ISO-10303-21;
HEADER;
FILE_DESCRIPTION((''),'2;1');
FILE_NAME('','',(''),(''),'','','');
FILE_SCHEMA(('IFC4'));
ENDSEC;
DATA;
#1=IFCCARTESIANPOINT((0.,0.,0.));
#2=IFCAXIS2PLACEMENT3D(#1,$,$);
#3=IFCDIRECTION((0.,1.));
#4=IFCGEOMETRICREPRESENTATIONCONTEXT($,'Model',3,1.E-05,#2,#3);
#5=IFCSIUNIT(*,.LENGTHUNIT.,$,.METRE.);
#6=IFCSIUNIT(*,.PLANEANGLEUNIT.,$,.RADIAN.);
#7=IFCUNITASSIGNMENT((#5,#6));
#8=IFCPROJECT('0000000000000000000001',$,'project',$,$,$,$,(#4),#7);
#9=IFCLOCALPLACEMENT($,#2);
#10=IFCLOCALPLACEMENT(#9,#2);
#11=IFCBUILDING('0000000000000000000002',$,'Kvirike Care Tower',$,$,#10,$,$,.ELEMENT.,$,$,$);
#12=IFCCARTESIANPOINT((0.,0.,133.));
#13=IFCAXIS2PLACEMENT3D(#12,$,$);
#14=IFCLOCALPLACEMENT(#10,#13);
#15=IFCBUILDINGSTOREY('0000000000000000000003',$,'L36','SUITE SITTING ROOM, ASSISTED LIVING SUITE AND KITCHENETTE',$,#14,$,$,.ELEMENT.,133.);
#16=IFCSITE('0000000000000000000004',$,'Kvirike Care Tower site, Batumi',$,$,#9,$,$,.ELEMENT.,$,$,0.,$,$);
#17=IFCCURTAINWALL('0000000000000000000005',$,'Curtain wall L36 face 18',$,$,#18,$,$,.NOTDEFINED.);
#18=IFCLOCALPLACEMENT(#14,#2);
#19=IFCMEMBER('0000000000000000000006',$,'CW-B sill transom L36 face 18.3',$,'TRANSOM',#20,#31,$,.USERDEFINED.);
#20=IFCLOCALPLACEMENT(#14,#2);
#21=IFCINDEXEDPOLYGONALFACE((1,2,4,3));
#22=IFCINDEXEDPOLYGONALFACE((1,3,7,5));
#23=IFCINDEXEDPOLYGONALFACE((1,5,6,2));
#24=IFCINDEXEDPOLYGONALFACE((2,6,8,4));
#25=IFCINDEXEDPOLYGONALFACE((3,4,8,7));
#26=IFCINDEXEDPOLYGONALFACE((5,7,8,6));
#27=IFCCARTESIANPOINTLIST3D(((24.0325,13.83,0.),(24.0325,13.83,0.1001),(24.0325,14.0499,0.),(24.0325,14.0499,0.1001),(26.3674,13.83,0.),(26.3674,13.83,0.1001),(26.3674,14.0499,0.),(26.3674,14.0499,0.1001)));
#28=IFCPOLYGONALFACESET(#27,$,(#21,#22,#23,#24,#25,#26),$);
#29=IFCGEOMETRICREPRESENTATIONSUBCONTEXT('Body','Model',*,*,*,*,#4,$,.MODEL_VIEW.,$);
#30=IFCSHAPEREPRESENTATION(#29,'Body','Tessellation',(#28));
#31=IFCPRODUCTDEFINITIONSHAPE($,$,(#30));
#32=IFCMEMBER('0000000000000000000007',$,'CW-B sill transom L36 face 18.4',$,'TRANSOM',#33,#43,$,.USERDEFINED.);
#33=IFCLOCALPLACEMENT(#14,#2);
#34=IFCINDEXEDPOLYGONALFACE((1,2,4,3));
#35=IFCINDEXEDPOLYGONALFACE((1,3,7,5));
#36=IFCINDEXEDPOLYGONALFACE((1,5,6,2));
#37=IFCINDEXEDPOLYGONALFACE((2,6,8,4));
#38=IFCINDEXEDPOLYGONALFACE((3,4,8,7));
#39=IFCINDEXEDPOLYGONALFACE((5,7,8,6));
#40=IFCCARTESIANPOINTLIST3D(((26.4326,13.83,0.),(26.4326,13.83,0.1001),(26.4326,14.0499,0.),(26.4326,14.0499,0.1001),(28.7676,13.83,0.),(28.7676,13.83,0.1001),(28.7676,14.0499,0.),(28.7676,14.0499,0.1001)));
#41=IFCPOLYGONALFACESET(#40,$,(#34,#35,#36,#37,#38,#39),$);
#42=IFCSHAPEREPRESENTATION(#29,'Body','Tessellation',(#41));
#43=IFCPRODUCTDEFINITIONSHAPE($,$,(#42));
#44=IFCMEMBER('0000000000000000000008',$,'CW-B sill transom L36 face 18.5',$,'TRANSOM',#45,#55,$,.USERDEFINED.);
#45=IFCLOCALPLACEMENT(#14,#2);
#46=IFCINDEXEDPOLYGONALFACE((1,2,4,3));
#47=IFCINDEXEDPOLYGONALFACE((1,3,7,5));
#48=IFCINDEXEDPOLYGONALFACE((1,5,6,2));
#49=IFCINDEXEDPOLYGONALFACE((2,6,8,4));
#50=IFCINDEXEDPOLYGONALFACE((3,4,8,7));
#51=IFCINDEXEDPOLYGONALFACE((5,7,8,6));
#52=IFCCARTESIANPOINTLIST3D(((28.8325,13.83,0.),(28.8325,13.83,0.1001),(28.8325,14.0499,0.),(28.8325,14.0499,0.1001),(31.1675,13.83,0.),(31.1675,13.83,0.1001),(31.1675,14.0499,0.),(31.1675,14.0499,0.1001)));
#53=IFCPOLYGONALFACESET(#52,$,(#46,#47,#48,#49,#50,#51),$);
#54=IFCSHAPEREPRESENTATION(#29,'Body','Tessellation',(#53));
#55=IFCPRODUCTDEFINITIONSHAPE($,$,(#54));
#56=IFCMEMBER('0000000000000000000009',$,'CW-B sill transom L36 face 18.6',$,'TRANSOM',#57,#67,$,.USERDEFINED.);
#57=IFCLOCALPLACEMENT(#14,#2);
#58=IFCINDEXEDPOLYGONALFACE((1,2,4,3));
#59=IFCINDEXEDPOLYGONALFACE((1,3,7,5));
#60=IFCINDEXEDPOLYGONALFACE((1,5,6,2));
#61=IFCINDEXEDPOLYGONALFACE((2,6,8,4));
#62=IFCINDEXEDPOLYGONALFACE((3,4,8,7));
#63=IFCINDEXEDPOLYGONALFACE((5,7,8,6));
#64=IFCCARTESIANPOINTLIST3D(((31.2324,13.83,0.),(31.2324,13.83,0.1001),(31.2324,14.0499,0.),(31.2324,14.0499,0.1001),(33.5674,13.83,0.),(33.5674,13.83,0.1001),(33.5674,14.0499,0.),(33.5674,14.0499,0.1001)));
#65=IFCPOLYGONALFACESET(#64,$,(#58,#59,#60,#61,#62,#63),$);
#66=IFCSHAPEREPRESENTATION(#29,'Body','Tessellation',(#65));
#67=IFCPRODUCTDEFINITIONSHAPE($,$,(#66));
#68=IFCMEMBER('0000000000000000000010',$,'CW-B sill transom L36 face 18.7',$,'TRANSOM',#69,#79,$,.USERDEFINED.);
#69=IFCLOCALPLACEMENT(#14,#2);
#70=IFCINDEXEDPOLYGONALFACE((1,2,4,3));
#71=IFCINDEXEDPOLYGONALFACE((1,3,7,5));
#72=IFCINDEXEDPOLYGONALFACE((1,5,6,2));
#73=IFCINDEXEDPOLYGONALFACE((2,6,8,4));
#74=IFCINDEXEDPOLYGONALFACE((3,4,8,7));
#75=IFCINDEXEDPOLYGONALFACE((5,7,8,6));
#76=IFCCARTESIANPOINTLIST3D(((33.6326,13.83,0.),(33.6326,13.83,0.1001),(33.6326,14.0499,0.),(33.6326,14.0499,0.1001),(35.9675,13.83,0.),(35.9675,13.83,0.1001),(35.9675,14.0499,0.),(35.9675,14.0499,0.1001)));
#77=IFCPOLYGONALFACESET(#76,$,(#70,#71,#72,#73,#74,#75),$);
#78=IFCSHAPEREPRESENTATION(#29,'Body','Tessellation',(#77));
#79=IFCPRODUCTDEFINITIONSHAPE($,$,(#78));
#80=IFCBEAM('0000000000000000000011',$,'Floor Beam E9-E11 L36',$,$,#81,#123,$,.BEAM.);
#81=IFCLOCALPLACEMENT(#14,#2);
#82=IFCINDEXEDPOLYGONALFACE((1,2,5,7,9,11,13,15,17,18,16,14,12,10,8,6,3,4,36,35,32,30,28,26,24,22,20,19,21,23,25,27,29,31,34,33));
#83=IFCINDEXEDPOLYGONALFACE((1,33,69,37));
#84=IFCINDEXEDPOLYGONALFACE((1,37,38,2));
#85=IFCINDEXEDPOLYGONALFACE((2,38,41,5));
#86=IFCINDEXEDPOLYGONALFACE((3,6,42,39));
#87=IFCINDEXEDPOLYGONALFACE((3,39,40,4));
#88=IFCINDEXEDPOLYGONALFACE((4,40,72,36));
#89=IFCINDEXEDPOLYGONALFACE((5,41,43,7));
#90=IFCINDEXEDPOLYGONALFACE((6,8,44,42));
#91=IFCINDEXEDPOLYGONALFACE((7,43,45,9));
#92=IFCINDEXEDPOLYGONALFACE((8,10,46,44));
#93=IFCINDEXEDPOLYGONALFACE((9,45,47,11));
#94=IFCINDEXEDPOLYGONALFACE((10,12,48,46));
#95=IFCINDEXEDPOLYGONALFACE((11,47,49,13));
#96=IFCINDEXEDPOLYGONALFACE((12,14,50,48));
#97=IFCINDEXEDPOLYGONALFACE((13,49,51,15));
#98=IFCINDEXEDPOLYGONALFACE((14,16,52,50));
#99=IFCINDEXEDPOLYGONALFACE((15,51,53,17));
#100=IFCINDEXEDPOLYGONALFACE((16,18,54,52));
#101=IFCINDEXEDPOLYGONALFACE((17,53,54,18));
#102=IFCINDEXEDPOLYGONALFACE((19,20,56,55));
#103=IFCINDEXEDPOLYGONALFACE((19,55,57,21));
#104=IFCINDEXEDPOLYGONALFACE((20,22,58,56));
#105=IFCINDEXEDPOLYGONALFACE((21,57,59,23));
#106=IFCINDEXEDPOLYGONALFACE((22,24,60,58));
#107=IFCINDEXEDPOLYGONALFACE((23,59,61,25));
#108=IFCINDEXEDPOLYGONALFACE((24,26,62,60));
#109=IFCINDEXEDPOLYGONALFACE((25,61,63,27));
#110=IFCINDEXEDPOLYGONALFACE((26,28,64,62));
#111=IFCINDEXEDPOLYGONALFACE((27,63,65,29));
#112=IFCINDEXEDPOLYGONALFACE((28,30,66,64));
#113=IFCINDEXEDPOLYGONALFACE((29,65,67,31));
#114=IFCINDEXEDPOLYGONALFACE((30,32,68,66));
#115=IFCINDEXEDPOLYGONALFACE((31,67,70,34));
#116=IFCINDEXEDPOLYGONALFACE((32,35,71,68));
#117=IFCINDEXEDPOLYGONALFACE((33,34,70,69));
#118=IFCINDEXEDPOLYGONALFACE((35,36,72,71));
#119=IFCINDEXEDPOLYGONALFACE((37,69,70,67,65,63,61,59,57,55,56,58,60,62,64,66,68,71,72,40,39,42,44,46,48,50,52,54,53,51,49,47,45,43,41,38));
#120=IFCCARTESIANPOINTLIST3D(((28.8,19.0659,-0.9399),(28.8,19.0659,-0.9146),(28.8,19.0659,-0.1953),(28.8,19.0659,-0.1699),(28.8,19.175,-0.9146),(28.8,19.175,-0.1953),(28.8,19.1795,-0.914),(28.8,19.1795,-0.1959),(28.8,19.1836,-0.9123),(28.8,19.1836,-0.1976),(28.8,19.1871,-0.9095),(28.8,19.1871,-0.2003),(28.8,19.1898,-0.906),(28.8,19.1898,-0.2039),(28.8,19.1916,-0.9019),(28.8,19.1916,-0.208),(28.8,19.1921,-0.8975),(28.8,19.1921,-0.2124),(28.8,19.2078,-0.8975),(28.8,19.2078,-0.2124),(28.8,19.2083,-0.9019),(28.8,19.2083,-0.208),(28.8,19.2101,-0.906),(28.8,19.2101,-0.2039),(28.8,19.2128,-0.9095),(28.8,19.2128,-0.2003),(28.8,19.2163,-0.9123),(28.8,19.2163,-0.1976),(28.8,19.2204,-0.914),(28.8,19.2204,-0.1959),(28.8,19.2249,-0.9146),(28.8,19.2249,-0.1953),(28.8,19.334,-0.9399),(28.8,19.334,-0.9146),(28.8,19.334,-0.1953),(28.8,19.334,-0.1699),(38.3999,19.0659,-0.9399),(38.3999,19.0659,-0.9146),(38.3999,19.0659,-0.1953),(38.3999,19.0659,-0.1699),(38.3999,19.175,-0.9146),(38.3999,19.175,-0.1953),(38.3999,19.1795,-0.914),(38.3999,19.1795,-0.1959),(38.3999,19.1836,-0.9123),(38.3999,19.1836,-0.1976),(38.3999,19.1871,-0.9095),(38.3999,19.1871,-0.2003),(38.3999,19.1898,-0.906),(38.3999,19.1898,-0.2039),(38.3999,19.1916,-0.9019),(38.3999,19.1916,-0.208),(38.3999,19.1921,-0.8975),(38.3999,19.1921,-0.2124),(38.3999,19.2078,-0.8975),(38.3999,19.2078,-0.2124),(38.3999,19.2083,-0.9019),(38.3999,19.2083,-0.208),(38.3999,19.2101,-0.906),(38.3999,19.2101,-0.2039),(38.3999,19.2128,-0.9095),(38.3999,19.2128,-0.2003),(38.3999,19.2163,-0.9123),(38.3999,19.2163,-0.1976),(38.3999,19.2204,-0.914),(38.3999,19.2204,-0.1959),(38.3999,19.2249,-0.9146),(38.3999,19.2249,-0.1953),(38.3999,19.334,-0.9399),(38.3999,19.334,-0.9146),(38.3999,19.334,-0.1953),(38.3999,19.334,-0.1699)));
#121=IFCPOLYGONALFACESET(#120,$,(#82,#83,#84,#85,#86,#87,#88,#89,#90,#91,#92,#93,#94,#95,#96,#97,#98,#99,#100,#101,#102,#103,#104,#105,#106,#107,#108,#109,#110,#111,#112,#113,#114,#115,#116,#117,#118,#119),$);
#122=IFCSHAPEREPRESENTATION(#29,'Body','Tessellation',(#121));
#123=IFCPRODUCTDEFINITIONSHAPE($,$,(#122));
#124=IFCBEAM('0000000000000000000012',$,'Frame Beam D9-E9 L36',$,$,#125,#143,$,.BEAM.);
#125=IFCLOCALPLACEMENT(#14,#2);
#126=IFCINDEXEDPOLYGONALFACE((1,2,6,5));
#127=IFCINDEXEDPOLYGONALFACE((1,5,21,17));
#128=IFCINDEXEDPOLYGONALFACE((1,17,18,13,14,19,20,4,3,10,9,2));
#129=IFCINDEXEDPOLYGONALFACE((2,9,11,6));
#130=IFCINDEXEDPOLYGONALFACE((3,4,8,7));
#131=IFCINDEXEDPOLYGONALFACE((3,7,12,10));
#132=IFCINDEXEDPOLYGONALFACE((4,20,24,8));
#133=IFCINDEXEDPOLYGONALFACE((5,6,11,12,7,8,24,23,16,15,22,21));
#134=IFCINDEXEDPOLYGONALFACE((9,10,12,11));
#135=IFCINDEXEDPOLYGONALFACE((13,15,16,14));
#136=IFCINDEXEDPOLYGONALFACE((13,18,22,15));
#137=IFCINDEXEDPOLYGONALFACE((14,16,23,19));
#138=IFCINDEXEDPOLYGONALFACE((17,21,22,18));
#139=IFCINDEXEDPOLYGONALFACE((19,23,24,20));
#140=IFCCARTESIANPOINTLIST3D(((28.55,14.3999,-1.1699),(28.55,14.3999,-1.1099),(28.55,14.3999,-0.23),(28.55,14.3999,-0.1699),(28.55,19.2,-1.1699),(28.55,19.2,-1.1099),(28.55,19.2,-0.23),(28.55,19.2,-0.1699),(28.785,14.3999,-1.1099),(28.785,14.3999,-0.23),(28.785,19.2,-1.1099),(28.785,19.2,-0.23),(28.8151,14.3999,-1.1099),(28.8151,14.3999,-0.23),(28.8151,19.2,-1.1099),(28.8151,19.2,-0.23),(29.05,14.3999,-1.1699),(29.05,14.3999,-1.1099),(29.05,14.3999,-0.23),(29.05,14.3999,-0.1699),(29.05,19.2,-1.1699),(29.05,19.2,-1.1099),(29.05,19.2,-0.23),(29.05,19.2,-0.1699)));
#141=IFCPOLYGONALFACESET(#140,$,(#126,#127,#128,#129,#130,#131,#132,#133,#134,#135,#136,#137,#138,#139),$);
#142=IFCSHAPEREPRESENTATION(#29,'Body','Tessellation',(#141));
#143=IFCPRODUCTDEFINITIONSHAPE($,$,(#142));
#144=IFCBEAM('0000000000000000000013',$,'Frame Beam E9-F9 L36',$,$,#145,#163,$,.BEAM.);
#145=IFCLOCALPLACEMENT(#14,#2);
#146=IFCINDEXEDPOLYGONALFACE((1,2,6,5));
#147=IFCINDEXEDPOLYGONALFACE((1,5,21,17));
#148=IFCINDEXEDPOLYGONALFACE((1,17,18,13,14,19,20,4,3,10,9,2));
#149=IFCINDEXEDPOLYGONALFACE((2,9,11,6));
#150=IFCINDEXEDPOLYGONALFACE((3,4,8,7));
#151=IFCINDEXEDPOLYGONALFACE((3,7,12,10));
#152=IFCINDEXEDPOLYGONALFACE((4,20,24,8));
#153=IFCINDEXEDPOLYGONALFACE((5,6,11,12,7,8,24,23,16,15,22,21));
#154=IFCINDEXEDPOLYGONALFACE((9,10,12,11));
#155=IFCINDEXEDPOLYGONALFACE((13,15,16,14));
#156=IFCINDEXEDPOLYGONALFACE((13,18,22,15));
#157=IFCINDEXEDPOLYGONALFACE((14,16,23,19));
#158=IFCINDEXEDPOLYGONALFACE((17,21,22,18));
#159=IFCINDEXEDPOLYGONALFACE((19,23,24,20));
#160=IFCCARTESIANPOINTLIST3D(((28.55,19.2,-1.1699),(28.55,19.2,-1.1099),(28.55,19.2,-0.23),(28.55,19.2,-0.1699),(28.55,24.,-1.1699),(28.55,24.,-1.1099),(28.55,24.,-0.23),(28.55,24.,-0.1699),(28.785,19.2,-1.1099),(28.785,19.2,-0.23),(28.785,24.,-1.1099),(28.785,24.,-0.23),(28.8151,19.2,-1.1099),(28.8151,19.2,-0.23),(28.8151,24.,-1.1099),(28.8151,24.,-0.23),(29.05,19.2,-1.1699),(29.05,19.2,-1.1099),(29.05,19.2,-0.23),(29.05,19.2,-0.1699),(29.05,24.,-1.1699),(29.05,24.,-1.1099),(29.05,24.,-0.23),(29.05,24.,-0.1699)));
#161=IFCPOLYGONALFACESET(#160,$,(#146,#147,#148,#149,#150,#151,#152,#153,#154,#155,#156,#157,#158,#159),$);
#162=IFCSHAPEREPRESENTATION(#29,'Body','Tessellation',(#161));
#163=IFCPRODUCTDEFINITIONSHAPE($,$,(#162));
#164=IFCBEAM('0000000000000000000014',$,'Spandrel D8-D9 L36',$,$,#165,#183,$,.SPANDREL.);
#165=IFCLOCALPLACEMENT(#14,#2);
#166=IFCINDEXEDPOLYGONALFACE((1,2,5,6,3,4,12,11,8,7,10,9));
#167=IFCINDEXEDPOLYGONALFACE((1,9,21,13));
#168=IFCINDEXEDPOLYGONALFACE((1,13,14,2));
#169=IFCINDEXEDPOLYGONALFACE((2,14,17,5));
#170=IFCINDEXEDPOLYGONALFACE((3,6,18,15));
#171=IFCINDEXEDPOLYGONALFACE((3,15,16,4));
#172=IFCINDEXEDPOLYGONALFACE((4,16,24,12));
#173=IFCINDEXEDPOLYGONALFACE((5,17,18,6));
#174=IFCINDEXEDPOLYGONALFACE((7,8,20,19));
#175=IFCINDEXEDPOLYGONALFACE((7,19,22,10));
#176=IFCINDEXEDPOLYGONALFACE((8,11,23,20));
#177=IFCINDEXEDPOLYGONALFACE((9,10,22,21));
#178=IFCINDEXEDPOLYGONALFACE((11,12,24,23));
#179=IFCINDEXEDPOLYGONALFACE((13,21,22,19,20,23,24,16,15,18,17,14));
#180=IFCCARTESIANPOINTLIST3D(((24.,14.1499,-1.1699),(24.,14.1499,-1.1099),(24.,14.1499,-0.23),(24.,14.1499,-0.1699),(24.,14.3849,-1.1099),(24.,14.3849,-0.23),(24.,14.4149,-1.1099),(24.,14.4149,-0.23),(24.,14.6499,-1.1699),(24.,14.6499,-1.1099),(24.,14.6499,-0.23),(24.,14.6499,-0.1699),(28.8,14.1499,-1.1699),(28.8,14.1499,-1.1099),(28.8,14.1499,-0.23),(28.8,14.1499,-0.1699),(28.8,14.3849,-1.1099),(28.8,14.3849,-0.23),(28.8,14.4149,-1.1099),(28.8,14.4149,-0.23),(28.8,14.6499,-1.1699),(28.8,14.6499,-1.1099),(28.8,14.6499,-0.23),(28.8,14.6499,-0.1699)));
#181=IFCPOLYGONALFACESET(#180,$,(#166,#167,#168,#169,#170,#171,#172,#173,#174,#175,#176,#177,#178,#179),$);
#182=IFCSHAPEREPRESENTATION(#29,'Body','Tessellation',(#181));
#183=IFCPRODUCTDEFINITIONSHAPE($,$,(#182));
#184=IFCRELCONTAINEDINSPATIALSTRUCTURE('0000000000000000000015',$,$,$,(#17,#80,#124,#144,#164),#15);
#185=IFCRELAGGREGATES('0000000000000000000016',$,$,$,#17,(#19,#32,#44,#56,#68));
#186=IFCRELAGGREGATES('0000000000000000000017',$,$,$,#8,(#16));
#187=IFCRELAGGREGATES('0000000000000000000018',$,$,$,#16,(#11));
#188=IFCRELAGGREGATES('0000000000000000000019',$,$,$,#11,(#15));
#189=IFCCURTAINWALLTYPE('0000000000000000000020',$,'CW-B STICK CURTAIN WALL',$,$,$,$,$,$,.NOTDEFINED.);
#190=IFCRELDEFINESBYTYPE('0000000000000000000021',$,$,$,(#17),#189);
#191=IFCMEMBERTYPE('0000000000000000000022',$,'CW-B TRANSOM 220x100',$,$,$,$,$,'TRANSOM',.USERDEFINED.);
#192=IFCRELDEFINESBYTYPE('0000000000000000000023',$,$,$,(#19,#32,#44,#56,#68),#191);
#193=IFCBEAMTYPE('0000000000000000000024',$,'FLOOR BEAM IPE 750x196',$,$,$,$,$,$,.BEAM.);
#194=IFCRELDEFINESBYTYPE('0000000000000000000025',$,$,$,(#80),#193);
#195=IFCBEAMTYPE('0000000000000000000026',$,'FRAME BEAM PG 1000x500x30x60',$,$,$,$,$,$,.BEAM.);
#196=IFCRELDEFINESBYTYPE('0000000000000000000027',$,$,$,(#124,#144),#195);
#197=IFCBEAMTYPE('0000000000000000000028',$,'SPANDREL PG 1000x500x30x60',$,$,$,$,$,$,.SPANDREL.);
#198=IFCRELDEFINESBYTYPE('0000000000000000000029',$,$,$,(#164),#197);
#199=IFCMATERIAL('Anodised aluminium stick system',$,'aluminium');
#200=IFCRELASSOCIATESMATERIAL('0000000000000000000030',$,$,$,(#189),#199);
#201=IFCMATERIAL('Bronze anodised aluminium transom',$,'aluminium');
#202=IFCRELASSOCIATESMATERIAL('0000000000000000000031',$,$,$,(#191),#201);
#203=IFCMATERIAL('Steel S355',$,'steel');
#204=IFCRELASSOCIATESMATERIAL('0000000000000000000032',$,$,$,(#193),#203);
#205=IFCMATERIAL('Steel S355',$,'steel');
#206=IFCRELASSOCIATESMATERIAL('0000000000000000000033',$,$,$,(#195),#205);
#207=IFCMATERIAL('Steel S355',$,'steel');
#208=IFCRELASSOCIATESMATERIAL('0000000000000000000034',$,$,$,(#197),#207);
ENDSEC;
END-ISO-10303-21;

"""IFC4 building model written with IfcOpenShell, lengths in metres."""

from ifc_helpers import new_model, si_unit, direction, frame, origin, origin_2d, place, context, subcontext, project, spatial, rectangle, i_section, extrude, material, material_profile, profile_set, type_object, element, aggregate, save


model = new_model("IFC4")

# Units and contexts
model_context = context("Model", 3, precision=1e-05, world=origin(), true_north=direction((0.0, 1.0)))
body_context = subcontext(model_context, "Body", "Model", "MODEL_VIEW")
ifc_project = project(units=[si_unit("LENGTHUNIT", "METRE"), si_unit("PLANEANGLEUNIT", "RADIAN")], contexts=[model_context])

# Site, building, storey
site_placement = place(None, origin())
site = spatial("IfcSite", under=ifc_project, at=site_placement, Name="Kvirike Care Tower site, Batumi", CompositionType="ELEMENT", RefElevation=0.0)
building_placement = place(site_placement, origin())
building = spatial("IfcBuilding", under=site, at=building_placement, Name="Kvirike Care Tower", CompositionType="ELEMENT")
storey_placement = place(building_placement, frame((0.0, 0.0, 133.0)))
storey = spatial("IfcBuildingStorey", under=building, at=storey_placement, Name="L36", Description="SUITE SITTING ROOM, ASSISTED LIVING SUITE AND KITCHENETTE", CompositionType="ELEMENT", Elevation=133.0)

# Curtain wall, members
ifc_material_1 = material(Name="Anodised aluminium stick system", Category="aluminium")
curtain_wall_type = type_object("IfcCurtainWallType", Name="CW-B STICK CURTAIN WALL", PredefinedType="NOTDEFINED", material=ifc_material_1)
curtain_wall_placement = place(storey_placement, origin())
curtain_wall = element("IfcCurtainWall", 1, at=curtain_wall_placement, inside=storey, type_object=curtain_wall_type, Name="Curtain wall L36 face 18", PredefinedType="NOTDEFINED")
ifc_material_2 = material(Name="Bronze anodised aluminium transom", Category="aluminium")
ifc_material_profile_1 = material_profile(ifc_material_2, rectangle(XDim=0.22, YDim=0.1001, at=origin_2d()), Name="CW-B TRANSOM 220x100")
ifc_profile_set_1 = profile_set([ifc_material_profile_1], Name="Bronze anodised aluminium transom")
member_type_1 = type_object("IfcMemberType", Name="CW-B TRANSOM 220x100", ElementType="TRANSOM", PredefinedType="USERDEFINED", material=ifc_profile_set_1)
member_1_placement = place(storey_placement, frame((24.0325, 13.9399, 0.05), z_axis=(1.0, 0.0, 0.0), x_axis=(0.0, 1.0, 0.0)))
member_1 = element("IfcMember", 2, at=member_1_placement, type_object=member_type_1, Name="CW-B sill transom L36 face 18.3", ObjectType="TRANSOM", PredefinedType="USERDEFINED", context=body_context, shape_type="SweptSolid", body=[
    extrude(rectangle(XDim=0.22, YDim=0.1001, at=origin_2d()), origin(), (0.0, 0.0, 1.0), 2.335),
])
member_2_placement = place(storey_placement, frame((26.4326, 13.9399, 0.05), z_axis=(1.0, 0.0, 0.0), x_axis=(0.0, 1.0, 0.0)))
member_2 = element("IfcMember", 3, at=member_2_placement, type_object=member_type_1, Name="CW-B sill transom L36 face 18.4", ObjectType="TRANSOM", PredefinedType="USERDEFINED", context=body_context, shape_type="SweptSolid", body=[
    extrude(rectangle(XDim=0.22, YDim=0.1001, at=origin_2d()), origin(), (0.0, 0.0, 1.0), 2.335),
])
member_3_placement = place(storey_placement, frame((28.8325, 13.9399, 0.05), z_axis=(1.0, 0.0, 0.0), x_axis=(0.0, 1.0, 0.0)))
member_3 = element("IfcMember", 4, at=member_3_placement, type_object=member_type_1, Name="CW-B sill transom L36 face 18.5", ObjectType="TRANSOM", PredefinedType="USERDEFINED", context=body_context, shape_type="SweptSolid", body=[
    extrude(rectangle(XDim=0.22, YDim=0.1001, at=origin_2d()), origin(), (0.0, 0.0, 1.0), 2.335),
])
member_4_placement = place(storey_placement, frame((31.2324, 13.9399, 0.05), z_axis=(1.0, 0.0, 0.0), x_axis=(0.0, 1.0, 0.0)))
member_4 = element("IfcMember", 5, at=member_4_placement, type_object=member_type_1, Name="CW-B sill transom L36 face 18.6", ObjectType="TRANSOM", PredefinedType="USERDEFINED", context=body_context, shape_type="SweptSolid", body=[
    extrude(rectangle(XDim=0.22, YDim=0.1001, at=origin_2d()), origin(), (0.0, 0.0, 1.0), 2.335),
])
member_5_placement = place(storey_placement, frame((33.6326, 13.9399, 0.05), z_axis=(1.0, 0.0, 0.0), x_axis=(0.0, 1.0, 0.0)))
member_5 = element("IfcMember", 6, at=member_5_placement, type_object=member_type_1, Name="CW-B sill transom L36 face 18.7", ObjectType="TRANSOM", PredefinedType="USERDEFINED", context=body_context, shape_type="SweptSolid", body=[
    extrude(rectangle(XDim=0.22, YDim=0.1001, at=origin_2d()), origin(), (0.0, 0.0, 1.0), 2.335),
])

# Beams
ifc_material_3 = material(Name="Steel S355", Category="steel")
ifc_material_profile_2 = material_profile(ifc_material_3, i_section(OverallWidth=0.2681, OverallDepth=0.77, WebThickness=0.0156, FlangeThickness=0.0254, FilletRadius=0.0171, at=origin_2d()), Name="IPE 750x196")
ifc_profile_set_2 = profile_set([ifc_material_profile_2], Name="Steel S355")
beam_type_1 = type_object("IfcBeamType", Name="FLOOR BEAM IPE 750x196", PredefinedType="BEAM", material=ifc_profile_set_2)
beam_1_placement = place(storey_placement, frame((28.8, 19.2, -0.5549), z_axis=(1.0, 0.0, 0.0), x_axis=(0.0, 1.0, 0.0)))
element("IfcBeam", 7, at=beam_1_placement, inside=storey, type_object=beam_type_1, Name="Floor Beam E9-E11 L36", PredefinedType="BEAM", context=body_context, shape_type="SweptSolid", body=[
    extrude(i_section(OverallWidth=0.2681, OverallDepth=0.77, WebThickness=0.0156, FlangeThickness=0.0254, FilletRadius=0.0171, at=origin_2d()), origin(), (0.0, 0.0, 1.0), 9.5999),
])
ifc_material_4 = material(Name="Steel S355", Category="steel")
ifc_material_profile_3 = material_profile(ifc_material_4, i_section(OverallWidth=0.5, OverallDepth=1.0, WebThickness=0.03, FlangeThickness=0.0601, at=origin_2d()), Name="PG 1000x500x30x60")
ifc_profile_set_3 = profile_set([ifc_material_profile_3], Name="Steel S355")
beam_type_2 = type_object("IfcBeamType", Name="FRAME BEAM PG 1000x500x30x60", PredefinedType="BEAM", material=ifc_profile_set_3)
for number, where, z_axis, x_axis, name in (
    (8, (28.8, 14.3999, -0.6699), (0.0, 1.0, 0.0), (-1.0, 0.0, 0.0), "Frame Beam D9-E9 L36"),
    (9, (28.8, 19.2, -0.6699), (0.0, 1.0, 0.0), (-1.0, 0.0, 0.0), "Frame Beam E9-F9 L36"),
):
    element("IfcBeam", number, at=place(storey_placement, frame(where, z_axis=z_axis, x_axis=x_axis)), inside=storey, type_object=beam_type_2, Name=name, PredefinedType="BEAM", context=body_context, shape_type="SweptSolid", body=[
        extrude(i_section(OverallWidth=0.5, OverallDepth=1.0, WebThickness=0.03, FlangeThickness=0.0601, at=origin_2d()), origin(), (0.0, 0.0, 1.0), 4.8),
    ])
ifc_material_5 = material(Name="Steel S355", Category="steel")
ifc_material_profile_4 = material_profile(ifc_material_5, i_section(OverallWidth=0.5, OverallDepth=1.0, WebThickness=0.03, FlangeThickness=0.0601, at=origin_2d()), Name="PG 1000x500x30x60")
ifc_profile_set_4 = profile_set([ifc_material_profile_4], Name="Steel S355")
beam_type_3 = type_object("IfcBeamType", Name="SPANDREL PG 1000x500x30x60", PredefinedType="SPANDREL", material=ifc_profile_set_4)
for number, where, z_axis, x_axis, name in (
    (10, (24.0, 14.3999, -0.6699), (1.0, 0.0, 0.0), (0.0, 1.0, 0.0), "Spandrel D8-D9 L36"),
):
    element("IfcBeam", number, at=place(storey_placement, frame(where, z_axis=z_axis, x_axis=x_axis)), inside=storey, type_object=beam_type_3, Name=name, PredefinedType="SPANDREL", context=body_context, shape_type="SweptSolid", body=[
        extrude(i_section(OverallWidth=0.5, OverallDepth=1.0, WebThickness=0.03, FlangeThickness=0.0601, at=origin_2d()), origin(), (0.0, 0.0, 1.0), 4.8),
    ])

aggregate(curtain_wall, [member_1, member_2, member_3, member_4, member_5])

save(model, "model.ifc")
